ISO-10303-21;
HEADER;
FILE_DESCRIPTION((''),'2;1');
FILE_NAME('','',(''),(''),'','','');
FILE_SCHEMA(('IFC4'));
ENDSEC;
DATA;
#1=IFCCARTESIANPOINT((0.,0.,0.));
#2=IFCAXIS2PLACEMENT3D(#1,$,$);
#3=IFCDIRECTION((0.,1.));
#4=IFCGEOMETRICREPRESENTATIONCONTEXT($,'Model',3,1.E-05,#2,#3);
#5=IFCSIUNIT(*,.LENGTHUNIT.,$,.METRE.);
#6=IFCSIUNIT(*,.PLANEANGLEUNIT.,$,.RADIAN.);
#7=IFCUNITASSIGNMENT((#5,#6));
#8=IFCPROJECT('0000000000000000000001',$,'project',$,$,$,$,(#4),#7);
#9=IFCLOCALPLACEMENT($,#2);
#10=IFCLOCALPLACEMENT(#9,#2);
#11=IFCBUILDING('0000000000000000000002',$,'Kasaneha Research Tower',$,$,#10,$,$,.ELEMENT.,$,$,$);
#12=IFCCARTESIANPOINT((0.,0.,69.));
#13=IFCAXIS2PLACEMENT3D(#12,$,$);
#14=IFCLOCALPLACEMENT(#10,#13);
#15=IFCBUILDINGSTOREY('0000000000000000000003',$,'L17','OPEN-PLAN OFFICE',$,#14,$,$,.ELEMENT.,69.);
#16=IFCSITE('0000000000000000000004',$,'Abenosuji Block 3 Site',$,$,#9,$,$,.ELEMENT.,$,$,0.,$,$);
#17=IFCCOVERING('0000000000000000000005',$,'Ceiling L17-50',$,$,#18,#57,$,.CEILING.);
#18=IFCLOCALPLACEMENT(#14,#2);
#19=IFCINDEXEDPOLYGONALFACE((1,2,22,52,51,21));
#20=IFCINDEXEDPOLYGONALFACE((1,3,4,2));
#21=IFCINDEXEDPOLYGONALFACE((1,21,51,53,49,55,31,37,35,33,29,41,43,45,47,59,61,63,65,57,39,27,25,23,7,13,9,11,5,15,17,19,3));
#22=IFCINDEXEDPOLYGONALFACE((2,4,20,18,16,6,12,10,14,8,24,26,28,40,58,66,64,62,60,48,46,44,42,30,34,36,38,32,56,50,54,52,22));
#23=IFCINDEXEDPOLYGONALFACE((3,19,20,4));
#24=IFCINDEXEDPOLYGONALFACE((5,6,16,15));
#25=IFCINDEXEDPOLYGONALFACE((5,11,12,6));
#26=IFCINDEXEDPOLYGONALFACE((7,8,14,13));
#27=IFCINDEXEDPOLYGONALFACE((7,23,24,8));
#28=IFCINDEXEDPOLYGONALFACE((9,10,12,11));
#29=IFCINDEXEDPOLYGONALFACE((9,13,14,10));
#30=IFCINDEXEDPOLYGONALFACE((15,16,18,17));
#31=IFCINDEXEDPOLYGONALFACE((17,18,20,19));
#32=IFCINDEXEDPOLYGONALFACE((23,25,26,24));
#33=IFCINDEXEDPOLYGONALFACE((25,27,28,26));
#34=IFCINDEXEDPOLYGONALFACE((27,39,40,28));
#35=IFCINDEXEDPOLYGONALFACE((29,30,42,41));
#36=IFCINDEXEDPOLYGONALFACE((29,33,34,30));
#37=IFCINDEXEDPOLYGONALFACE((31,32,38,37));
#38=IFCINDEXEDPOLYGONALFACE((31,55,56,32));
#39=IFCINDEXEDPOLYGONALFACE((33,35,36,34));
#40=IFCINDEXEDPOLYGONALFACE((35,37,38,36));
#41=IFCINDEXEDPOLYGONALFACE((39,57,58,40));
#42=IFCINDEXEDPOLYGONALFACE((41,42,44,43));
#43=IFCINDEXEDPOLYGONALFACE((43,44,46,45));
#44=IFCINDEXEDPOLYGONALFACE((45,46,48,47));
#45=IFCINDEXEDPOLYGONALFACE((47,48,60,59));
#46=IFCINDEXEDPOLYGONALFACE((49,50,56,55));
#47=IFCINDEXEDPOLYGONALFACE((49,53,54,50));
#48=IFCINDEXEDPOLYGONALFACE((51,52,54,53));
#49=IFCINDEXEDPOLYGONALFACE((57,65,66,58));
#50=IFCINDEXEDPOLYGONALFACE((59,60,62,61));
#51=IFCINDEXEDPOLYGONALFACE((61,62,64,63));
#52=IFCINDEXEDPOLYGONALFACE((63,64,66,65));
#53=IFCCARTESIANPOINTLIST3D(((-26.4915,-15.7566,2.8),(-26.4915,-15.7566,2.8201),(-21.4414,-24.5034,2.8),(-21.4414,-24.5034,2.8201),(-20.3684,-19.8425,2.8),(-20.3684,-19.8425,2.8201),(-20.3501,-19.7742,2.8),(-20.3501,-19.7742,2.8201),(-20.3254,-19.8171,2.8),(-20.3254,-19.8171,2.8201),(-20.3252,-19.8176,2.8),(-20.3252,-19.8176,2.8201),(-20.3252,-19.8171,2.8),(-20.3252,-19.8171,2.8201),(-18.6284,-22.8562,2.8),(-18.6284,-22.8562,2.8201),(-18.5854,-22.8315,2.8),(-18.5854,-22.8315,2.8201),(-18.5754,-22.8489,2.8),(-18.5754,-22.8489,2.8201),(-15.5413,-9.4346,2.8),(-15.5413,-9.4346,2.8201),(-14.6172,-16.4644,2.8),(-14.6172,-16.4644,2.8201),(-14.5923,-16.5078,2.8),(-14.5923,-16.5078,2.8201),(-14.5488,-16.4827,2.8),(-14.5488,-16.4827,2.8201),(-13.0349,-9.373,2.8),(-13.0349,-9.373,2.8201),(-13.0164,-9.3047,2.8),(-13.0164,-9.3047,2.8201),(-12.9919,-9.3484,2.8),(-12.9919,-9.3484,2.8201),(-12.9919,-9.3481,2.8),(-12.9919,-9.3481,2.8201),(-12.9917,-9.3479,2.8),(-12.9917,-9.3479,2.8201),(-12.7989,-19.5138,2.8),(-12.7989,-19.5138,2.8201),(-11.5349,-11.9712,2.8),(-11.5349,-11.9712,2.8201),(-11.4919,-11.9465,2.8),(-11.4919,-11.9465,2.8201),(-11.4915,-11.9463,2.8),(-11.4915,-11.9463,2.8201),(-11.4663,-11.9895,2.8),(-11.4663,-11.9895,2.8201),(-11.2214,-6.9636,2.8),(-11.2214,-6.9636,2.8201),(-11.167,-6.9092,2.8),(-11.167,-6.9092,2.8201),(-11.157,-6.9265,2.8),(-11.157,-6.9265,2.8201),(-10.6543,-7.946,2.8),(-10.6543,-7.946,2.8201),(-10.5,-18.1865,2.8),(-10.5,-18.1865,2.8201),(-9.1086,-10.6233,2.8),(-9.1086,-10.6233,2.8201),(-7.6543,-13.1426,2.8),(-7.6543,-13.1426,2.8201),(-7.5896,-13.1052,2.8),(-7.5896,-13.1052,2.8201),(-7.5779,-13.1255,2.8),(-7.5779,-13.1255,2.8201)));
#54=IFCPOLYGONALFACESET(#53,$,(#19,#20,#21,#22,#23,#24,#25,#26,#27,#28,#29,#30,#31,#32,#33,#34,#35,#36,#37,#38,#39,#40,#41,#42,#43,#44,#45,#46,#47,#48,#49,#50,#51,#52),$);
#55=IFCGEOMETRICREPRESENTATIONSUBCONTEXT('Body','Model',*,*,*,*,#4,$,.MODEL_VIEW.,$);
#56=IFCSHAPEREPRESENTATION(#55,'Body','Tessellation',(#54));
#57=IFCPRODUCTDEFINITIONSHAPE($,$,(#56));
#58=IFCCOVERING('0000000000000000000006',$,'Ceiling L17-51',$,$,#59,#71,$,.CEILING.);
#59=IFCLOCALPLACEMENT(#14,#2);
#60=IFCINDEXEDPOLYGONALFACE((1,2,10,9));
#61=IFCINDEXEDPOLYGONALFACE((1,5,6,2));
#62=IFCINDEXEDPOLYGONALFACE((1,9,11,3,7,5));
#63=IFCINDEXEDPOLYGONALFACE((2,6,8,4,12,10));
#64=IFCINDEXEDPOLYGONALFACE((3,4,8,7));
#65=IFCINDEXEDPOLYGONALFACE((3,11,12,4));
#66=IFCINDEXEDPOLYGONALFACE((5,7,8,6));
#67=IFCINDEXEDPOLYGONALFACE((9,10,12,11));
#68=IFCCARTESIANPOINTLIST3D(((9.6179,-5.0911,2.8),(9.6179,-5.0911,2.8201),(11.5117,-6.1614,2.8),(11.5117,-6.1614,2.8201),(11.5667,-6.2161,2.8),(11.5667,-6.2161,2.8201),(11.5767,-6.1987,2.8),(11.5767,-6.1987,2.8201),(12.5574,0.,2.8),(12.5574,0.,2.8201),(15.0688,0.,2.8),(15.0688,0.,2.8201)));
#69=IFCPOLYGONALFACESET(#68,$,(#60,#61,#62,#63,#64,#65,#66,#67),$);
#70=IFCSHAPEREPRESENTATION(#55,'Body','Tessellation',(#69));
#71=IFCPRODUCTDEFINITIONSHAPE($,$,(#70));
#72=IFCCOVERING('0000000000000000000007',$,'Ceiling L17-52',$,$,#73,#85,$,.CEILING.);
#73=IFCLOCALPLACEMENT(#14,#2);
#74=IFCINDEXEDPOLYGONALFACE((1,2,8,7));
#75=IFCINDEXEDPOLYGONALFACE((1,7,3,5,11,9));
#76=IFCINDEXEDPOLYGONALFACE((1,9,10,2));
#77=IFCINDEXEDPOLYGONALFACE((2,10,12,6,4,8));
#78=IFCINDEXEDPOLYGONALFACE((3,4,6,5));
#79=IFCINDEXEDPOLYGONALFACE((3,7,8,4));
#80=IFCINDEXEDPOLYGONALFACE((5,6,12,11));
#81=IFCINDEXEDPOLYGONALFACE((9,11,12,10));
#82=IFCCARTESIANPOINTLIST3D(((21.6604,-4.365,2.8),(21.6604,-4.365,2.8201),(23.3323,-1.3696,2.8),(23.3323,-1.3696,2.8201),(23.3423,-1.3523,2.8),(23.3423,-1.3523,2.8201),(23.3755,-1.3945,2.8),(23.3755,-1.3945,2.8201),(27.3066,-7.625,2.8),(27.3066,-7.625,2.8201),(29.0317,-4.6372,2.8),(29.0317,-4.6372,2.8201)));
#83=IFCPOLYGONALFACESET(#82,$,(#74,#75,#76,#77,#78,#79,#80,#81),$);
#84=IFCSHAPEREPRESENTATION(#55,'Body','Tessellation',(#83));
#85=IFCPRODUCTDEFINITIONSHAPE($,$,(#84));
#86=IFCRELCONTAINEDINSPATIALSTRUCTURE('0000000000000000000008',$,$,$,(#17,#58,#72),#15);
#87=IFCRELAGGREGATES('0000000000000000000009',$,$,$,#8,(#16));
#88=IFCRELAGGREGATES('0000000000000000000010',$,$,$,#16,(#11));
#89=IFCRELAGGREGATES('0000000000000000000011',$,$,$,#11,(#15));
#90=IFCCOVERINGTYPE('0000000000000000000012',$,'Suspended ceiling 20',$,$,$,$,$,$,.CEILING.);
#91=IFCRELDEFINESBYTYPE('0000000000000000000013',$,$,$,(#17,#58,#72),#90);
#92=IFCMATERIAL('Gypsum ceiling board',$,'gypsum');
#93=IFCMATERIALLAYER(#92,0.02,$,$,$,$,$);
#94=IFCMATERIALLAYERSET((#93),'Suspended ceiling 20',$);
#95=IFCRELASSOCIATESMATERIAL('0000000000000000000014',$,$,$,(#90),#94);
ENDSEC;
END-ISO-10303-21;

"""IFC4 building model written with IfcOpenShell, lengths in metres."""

from ifc_helpers import new_model, si_unit, direction, frame, origin, place, context, subcontext, project, spatial, polyline, outline, extrude, material, layer, layer_set, type_object, element, save


model = new_model("IFC4")

# Units and contexts
model_context = context("Model", 3, precision=1e-05, world=origin(), true_north=direction((0.0, 1.0)))
body_context = subcontext(model_context, "Body", "Model", "MODEL_VIEW")
ifc_project = project(units=[si_unit("LENGTHUNIT", "METRE"), si_unit("PLANEANGLEUNIT", "RADIAN")], contexts=[model_context])

# Site, building, storey
site_placement = place(None, origin())
site = spatial("IfcSite", under=ifc_project, at=site_placement, Name="Abenosuji Block 3 Site", CompositionType="ELEMENT", RefElevation=0.0)
building_placement = place(site_placement, origin())
building = spatial("IfcBuilding", under=site, at=building_placement, Name="Kasaneha Research Tower", CompositionType="ELEMENT")
storey_placement = place(building_placement, frame((0.0, 0.0, 69.0)))
storey = spatial("IfcBuildingStorey", under=building, at=storey_placement, Name="L17", Description="OPEN-PLAN OFFICE", CompositionType="ELEMENT", Elevation=69.0)

# Coverings
ifc_material_1 = material(Name="Gypsum ceiling board", Category="gypsum")
ifc_layer_1 = layer(ifc_material_1, 0.02)
ifc_layer_set_1 = layer_set([ifc_layer_1], Name="Suspended ceiling 20")
covering_type = type_object("IfcCoveringType", Name="Suspended ceiling 20", PredefinedType="CEILING", material=ifc_layer_set_1)
covering_1_placement = place(storey_placement, frame((0.0, 0.0, 2.8)))
element("IfcCovering", 1, at=covering_1_placement, inside=storey, type_object=covering_type, Name="Ceiling L17-50", PredefinedType="CEILING", context=body_context, shape_type="SweptSolid", body=[
    extrude(outline(polyline([(-12.9919, -9.3481), (-12.9919, -9.3484), (-13.0349, -9.373), (-11.5349, -11.9712), (-11.4919, -11.9465), (-11.4919, -11.9465), (-11.4915, -11.9463), (-11.4663, -11.9895), (-9.1086, -10.6233), (-7.6543, -13.1426), (-7.5896, -13.1052), (-7.5779, -13.1255), (-10.5, -18.1865), (-12.8418, -19.5386), (-12.8418, -19.5386), (-12.7988, -19.5139), (-14.5488, -16.4827), (-14.5923, -16.5078), (-14.6172, -16.4644), (-20.3501, -19.7742), (-20.3252, -19.8171), (-20.3254, -19.8171), (-20.3252, -19.8176), (-20.3684, -19.8425), (-18.6284, -22.8562), (-18.5854, -22.8315), (-18.5754, -22.8489), (-21.4414, -24.5034), (-26.4915, -15.7566), (-15.5413, -9.4346), (-11.167, -6.9092), (-11.157, -6.9265), (-11.2214, -6.9636), (-10.6543, -7.946), (-13.0164, -9.3047), (-12.9917, -9.3479), (-12.9919, -9.3481)])), origin(), (0.0, 0.0, 1.0), 0.02),
])
covering_2_placement = place(storey_placement, frame((0.0, 0.0, 2.8)))
element("IfcCovering", 2, at=covering_2_placement, inside=storey, type_object=covering_type, Name="Ceiling L17-51", PredefinedType="CEILING", context=body_context, shape_type="SweptSolid", body=[
    extrude(outline(polyline([(15.0688, 0.0), (15.0688, 0.0), (11.5117, -6.1614), (11.5767, -6.1987), (11.5667, -6.2161), (9.6179, -5.0911), (12.5574, 0.0), (15.0688, 0.0)])), origin(), (0.0, 0.0, 1.0), 0.02),
])
covering_3_placement = place(storey_placement, frame((0.0, 0.0, 2.8)))
element("IfcCovering", 3, at=covering_3_placement, inside=storey, type_object=covering_type, Name="Ceiling L17-52", PredefinedType="CEILING", context=body_context, shape_type="SweptSolid", body=[
    extrude(outline(polyline([(29.0317, -4.6372), (27.3066, -7.625), (21.6604, -4.365), (23.3755, -1.3945), (23.3323, -1.3696), (23.3423, -1.3523), (29.0317, -4.6372)])), origin(), (0.0, 0.0, 1.0), 0.02),
])

save(model, "model.ifc")
